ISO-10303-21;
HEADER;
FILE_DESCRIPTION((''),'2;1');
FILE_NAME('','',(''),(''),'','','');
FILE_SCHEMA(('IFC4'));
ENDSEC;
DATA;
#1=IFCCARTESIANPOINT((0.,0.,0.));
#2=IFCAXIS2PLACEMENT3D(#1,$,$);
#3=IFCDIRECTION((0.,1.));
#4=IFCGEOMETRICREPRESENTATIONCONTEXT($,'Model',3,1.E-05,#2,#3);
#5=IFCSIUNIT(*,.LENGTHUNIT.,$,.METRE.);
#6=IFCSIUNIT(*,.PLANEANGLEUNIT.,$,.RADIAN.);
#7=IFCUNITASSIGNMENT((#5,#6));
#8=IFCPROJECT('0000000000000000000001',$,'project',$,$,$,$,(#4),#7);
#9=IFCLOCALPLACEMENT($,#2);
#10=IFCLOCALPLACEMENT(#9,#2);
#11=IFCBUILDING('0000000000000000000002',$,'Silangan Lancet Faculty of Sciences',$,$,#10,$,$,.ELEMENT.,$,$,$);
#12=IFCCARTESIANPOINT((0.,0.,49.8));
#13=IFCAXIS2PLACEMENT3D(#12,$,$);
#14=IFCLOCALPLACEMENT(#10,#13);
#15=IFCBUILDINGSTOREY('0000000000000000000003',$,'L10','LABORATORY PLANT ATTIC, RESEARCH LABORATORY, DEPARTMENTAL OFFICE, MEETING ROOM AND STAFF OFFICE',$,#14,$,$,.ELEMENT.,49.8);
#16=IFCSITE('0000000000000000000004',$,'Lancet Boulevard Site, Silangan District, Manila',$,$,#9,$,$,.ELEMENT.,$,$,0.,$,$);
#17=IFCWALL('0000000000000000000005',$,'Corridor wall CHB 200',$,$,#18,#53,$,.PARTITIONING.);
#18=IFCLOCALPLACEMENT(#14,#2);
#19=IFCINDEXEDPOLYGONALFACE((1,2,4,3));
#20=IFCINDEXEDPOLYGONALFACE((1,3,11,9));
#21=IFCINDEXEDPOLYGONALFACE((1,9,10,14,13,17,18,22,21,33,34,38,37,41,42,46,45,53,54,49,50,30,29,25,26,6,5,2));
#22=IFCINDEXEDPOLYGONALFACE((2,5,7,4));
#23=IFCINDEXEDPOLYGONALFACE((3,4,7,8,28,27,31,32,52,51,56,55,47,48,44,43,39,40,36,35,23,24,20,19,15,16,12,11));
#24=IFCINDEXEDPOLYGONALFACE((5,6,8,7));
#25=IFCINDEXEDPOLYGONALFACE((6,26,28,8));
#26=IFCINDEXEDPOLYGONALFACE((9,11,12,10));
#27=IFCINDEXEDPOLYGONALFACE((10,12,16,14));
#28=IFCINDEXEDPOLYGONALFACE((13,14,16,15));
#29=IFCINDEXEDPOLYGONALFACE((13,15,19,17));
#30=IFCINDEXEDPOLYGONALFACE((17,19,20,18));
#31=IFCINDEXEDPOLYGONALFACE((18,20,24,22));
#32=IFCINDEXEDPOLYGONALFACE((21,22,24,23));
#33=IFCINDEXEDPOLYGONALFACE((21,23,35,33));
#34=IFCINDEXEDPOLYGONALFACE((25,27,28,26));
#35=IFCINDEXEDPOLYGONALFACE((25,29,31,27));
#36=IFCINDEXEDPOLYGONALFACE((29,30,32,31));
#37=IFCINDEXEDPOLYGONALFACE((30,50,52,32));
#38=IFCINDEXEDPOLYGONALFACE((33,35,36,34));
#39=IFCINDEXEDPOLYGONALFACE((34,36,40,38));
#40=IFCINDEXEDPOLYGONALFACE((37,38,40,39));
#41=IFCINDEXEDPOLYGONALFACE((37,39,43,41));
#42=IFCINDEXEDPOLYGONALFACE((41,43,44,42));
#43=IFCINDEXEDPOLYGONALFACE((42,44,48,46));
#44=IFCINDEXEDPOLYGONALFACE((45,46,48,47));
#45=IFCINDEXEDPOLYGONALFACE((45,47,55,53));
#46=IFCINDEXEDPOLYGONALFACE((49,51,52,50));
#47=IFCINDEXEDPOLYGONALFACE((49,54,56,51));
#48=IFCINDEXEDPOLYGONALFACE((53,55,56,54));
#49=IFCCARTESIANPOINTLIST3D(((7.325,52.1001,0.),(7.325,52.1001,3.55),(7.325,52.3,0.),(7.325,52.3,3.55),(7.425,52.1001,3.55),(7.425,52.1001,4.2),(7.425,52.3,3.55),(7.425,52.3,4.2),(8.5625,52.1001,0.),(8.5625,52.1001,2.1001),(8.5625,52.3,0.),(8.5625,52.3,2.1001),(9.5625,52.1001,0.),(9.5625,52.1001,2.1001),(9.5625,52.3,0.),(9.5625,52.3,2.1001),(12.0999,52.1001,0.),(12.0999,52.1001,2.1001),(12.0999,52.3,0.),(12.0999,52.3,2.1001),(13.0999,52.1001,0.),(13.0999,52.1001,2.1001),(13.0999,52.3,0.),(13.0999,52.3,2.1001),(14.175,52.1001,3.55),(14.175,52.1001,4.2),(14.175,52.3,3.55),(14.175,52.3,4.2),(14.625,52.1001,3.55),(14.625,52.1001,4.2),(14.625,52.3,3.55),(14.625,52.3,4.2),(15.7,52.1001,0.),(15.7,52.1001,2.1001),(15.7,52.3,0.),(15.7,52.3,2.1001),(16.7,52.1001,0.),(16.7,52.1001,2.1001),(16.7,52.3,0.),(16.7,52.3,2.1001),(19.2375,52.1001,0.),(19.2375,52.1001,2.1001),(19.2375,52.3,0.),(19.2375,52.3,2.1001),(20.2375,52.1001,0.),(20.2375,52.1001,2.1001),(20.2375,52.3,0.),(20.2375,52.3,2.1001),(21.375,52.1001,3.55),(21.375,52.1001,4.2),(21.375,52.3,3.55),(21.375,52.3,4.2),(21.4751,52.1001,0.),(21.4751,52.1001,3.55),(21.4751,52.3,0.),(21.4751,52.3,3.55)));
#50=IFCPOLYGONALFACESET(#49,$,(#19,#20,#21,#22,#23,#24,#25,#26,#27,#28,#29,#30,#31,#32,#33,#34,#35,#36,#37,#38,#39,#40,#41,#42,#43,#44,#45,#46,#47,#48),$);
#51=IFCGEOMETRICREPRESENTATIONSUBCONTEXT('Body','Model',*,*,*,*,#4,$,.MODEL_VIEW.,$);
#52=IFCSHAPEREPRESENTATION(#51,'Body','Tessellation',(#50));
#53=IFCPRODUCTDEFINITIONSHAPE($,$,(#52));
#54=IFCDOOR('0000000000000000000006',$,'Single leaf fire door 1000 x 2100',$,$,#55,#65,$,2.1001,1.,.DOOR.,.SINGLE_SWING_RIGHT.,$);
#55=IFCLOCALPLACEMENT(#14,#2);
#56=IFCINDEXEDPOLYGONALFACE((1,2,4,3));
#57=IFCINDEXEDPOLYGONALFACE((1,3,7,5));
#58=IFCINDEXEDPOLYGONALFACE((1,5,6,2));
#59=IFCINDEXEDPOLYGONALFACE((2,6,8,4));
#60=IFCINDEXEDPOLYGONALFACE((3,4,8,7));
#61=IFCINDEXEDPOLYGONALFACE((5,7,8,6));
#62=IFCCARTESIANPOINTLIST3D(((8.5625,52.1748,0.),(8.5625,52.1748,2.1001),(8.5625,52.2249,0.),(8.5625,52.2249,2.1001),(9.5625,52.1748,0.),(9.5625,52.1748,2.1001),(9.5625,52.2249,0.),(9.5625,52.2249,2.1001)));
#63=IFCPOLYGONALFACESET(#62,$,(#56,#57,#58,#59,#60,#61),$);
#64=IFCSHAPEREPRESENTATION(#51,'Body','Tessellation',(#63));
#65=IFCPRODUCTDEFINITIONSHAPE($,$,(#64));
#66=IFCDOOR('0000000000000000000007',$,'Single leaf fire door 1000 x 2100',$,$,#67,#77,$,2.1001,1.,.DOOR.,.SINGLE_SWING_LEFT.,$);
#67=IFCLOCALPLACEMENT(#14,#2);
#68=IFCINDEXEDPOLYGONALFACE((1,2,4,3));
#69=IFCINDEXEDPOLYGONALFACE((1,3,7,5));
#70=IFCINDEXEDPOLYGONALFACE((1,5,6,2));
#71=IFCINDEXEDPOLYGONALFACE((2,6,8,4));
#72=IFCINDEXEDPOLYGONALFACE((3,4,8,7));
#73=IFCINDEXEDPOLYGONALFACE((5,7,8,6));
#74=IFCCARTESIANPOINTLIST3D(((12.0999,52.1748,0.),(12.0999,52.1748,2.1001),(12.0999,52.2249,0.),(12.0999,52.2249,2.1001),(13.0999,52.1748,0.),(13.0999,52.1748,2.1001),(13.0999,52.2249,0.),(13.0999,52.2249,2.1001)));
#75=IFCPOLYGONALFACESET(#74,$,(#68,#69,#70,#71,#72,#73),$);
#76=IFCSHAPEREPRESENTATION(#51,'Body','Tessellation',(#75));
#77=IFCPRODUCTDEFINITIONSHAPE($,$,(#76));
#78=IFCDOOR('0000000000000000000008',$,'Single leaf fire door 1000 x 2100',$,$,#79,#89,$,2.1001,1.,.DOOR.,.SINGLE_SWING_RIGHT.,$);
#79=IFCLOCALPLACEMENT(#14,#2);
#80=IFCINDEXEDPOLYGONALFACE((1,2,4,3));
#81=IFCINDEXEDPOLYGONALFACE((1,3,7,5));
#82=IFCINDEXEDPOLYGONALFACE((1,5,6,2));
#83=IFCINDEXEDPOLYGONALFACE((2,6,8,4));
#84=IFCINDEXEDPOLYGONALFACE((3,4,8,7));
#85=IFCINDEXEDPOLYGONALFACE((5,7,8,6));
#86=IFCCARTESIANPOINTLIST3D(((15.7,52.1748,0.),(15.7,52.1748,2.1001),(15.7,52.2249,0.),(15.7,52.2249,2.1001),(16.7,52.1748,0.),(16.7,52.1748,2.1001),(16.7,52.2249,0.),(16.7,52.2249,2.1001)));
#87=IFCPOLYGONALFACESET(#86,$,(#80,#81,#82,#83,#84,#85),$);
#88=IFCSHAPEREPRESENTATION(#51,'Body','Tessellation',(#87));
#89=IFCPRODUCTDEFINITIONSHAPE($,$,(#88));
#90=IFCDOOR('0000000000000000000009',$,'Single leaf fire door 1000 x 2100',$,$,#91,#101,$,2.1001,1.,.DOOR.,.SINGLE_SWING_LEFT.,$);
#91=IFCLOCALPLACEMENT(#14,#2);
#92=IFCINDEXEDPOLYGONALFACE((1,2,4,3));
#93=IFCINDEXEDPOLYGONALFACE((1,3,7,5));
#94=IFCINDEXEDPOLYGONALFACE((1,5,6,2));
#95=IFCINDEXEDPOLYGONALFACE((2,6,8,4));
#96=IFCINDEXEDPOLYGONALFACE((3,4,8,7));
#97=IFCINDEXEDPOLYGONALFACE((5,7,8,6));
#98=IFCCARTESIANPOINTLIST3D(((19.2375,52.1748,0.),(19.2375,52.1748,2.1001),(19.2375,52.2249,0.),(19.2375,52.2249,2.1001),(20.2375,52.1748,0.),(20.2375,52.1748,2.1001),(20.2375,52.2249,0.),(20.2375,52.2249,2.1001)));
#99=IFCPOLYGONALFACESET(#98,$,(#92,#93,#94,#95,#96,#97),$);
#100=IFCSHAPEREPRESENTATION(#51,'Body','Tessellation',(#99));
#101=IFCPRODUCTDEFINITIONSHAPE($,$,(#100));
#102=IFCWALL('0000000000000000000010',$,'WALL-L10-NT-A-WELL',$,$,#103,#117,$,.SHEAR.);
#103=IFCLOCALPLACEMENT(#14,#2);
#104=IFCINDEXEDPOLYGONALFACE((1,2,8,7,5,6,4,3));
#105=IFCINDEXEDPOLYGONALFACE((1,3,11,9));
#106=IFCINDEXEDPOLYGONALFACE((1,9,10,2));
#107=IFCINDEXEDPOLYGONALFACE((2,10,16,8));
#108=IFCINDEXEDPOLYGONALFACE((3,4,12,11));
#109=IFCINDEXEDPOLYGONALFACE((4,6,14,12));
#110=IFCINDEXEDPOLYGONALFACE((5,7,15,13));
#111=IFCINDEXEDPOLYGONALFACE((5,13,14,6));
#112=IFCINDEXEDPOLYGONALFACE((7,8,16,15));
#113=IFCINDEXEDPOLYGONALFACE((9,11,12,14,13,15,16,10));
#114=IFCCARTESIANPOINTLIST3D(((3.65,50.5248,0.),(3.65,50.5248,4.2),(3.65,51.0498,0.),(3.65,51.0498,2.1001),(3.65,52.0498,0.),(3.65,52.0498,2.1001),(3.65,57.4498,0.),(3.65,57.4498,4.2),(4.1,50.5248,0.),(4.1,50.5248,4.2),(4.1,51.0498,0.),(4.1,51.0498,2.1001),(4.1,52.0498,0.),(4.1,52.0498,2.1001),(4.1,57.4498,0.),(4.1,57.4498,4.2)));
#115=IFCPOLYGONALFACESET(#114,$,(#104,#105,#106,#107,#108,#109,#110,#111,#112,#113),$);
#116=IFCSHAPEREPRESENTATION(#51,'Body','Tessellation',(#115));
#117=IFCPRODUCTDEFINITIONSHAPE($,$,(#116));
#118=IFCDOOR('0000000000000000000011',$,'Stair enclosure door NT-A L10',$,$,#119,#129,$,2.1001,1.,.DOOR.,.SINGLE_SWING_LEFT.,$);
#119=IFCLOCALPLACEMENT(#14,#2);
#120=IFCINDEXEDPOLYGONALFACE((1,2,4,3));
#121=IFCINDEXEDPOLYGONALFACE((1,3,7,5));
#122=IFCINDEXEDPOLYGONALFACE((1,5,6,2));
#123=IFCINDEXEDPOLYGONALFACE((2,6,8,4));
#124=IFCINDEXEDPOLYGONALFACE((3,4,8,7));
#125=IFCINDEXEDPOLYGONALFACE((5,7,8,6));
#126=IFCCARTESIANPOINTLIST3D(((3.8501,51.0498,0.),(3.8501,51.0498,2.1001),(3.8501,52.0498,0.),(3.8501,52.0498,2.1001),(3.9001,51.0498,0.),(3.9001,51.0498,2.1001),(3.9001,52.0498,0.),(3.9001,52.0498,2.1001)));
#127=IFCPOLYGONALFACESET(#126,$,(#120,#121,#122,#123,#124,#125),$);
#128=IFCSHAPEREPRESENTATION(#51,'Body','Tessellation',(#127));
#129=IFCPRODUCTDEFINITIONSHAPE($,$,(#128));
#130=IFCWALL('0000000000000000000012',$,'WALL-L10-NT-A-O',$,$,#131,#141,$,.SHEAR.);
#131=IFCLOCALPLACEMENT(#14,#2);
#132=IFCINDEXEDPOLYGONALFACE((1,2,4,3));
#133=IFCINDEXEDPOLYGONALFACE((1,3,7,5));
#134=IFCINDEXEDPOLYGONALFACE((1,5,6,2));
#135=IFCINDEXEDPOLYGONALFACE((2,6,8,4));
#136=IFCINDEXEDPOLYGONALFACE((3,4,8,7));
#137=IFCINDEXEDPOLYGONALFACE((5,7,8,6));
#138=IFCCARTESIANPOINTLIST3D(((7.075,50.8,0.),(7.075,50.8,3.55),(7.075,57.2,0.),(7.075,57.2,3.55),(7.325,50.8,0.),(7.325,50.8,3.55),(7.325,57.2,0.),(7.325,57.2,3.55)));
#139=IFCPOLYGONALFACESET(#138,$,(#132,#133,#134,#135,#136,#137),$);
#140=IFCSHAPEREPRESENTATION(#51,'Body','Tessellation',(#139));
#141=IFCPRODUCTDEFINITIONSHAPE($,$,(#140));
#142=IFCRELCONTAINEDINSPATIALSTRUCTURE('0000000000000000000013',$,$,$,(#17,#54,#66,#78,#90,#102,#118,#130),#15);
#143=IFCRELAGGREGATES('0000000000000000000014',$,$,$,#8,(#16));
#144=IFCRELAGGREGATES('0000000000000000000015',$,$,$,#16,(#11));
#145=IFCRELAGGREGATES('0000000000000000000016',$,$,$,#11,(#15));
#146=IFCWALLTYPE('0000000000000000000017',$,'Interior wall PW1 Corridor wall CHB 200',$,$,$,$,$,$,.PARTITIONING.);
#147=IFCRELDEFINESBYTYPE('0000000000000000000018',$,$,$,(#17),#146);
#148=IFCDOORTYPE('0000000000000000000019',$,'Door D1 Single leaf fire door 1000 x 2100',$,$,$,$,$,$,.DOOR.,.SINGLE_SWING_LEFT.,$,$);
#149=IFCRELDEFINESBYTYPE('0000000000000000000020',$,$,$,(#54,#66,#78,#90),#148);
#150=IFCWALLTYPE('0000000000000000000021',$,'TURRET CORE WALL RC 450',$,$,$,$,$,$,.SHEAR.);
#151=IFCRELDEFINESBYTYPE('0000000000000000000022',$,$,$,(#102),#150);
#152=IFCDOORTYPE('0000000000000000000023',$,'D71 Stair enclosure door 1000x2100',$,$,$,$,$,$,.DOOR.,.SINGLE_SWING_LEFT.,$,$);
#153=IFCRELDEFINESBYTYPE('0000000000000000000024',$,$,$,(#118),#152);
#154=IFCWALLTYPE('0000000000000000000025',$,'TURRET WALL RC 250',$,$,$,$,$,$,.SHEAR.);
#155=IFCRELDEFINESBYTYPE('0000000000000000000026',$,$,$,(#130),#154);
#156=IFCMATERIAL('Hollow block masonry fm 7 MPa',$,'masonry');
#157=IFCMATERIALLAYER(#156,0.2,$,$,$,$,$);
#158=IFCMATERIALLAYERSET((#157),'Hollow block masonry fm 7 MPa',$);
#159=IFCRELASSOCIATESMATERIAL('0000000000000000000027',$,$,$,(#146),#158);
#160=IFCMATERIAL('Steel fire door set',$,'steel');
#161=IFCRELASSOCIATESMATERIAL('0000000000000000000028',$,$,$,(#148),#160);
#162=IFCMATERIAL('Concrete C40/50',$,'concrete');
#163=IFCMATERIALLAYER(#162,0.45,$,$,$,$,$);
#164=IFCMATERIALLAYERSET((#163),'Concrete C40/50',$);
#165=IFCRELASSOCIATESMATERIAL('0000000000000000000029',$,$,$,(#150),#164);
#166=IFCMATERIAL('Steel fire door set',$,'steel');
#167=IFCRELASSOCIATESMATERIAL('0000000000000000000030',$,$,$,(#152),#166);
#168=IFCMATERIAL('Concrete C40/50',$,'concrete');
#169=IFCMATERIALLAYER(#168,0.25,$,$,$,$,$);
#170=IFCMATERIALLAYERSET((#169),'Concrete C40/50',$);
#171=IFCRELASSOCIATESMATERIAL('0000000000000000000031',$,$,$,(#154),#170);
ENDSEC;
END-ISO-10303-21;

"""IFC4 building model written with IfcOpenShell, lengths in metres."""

from ifc_helpers import new_model, si_unit, direction, frame, frame_2d, origin, place, context, subcontext, project, spatial, polyline, rectangle, outline, extrude, material, layer, layer_set, type_object, element, fill, save


model = new_model("IFC4")

# Units and contexts
model_context = context("Model", 3, precision=1e-05, world=origin(), true_north=direction((0.0, 1.0)))
body_context = subcontext(model_context, "Body", "Model", "MODEL_VIEW")
ifc_project = project(units=[si_unit("LENGTHUNIT", "METRE"), si_unit("PLANEANGLEUNIT", "RADIAN")], contexts=[model_context])

# Site, building, storey
site_placement = place(None, origin())
site = spatial("IfcSite", under=ifc_project, at=site_placement, Name="Lancet Boulevard Site, Silangan District, Manila", CompositionType="ELEMENT", RefElevation=0.0)
building_placement = place(site_placement, origin())
building = spatial("IfcBuilding", under=site, at=building_placement, Name="Silangan Lancet Faculty of Sciences", CompositionType="ELEMENT")
storey_placement = place(building_placement, frame((0.0, 0.0, 49.8)))
storey = spatial("IfcBuildingStorey", under=building, at=storey_placement, Name="L10", Description="LABORATORY PLANT ATTIC, RESEARCH LABORATORY, DEPARTMENTAL OFFICE, MEETING ROOM AND STAFF OFFICE", CompositionType="ELEMENT", Elevation=49.8)

# Wall, openings, doors
ifc_material_1 = material(Name="Hollow block masonry fm 7 MPa", Category="masonry")
ifc_layer_1 = layer(ifc_material_1, 0.2)
ifc_layer_set_1 = layer_set([ifc_layer_1], Name="Hollow block masonry fm 7 MPa")
wall_type_1 = type_object("IfcWallType", Name="Interior wall PW1 Corridor wall CHB 200", PredefinedType="PARTITIONING", material=ifc_layer_set_1)
wall_1_placement = place(storey_placement, frame((7.325, 52.2, 0.0), z_axis=(0.0, 0.0, 1.0), x_axis=(1.0, 0.0, 0.0)))
wall_1 = element("IfcWall", 1, at=wall_1_placement, inside=storey, type_object=wall_type_1, Name="Corridor wall CHB 200", PredefinedType="PARTITIONING", context=body_context, shape_type="SweptSolid", body=[
    extrude(outline(polyline([(0.0, 0.0), (14.1501, 0.0), (14.1501, 3.55), (14.05, 3.55), (14.05, 4.2), (7.3, 4.2), (7.3, 3.55), (6.8501, 3.55), (6.8501, 4.2), (0.1001, 4.2), (0.1001, 3.55), (0.0, 3.55), (0.0, 0.0)])), frame((0.0, 0.1001, 0.0), z_axis=(0.0, -1.0, 0.0), x_axis=(1.0, 0.0, 0.0)), (0.0, 0.0, 1.0), 0.2),
])
opening_1_placement = place(wall_1_placement, frame((1.2375, 0.0, 0.0)))
opening_1 = element("IfcOpeningElement", 2, at=opening_1_placement, cuts=wall_1, PredefinedType="OPENING", context=body_context, shape_type="SweptSolid", body=[
    extrude(rectangle(XDim=1.0, YDim=2.1001, at=frame_2d((0.5, 1.05))), frame((0.0, 0.1099, 0.0), z_axis=(0.0, -1.0, 0.0), x_axis=(1.0, 0.0, 0.0)), (0.0, 0.0, 1.0), 0.22),
])
opening_2_placement = place(wall_1_placement, frame((4.7749, 0.0, 0.0)))
opening_2 = element("IfcOpeningElement", 3, at=opening_2_placement, cuts=wall_1, PredefinedType="OPENING", context=body_context, shape_type="SweptSolid", body=[
    extrude(rectangle(XDim=1.0, YDim=2.1001, at=frame_2d((0.5, 1.05))), frame((0.0, 0.1099, 0.0), z_axis=(0.0, -1.0, 0.0), x_axis=(1.0, 0.0, 0.0)), (0.0, 0.0, 1.0), 0.22),
])
opening_3_placement = place(wall_1_placement, frame((8.375, 0.0, 0.0)))
opening_3 = element("IfcOpeningElement", 4, at=opening_3_placement, cuts=wall_1, PredefinedType="OPENING", context=body_context, shape_type="SweptSolid", body=[
    extrude(rectangle(XDim=1.0, YDim=2.1001, at=frame_2d((0.5, 1.05))), frame((0.0, 0.1099, 0.0), z_axis=(0.0, -1.0, 0.0), x_axis=(1.0, 0.0, 0.0)), (0.0, 0.0, 1.0), 0.22),
])
opening_4_placement = place(wall_1_placement, frame((11.9126, 0.0, 0.0)))
opening_4 = element("IfcOpeningElement", 5, at=opening_4_placement, cuts=wall_1, PredefinedType="OPENING", context=body_context, shape_type="SweptSolid", body=[
    extrude(rectangle(XDim=1.0, YDim=2.1001, at=frame_2d((0.5, 1.05))), frame((0.0, 0.1099, 0.0), z_axis=(0.0, -1.0, 0.0), x_axis=(1.0, 0.0, 0.0)), (0.0, 0.0, 1.0), 0.22),
])
ifc_material_2 = material(Name="Steel fire door set", Category="steel")
door_type_1 = type_object("IfcDoorType", Name="Door D1 Single leaf fire door 1000 x 2100", OperationType="SINGLE_SWING_LEFT", PredefinedType="DOOR", material=ifc_material_2)
door_1_placement = place(opening_1_placement, origin())
door_1 = element("IfcDoor", 6, at=door_1_placement, inside=storey, type_object=door_type_1, Name="Single leaf fire door 1000 x 2100", OperationType="SINGLE_SWING_RIGHT", OverallHeight=2.1001, OverallWidth=1.0, PredefinedType="DOOR", context=body_context, shape_type="SweptSolid", body=[
    extrude(rectangle(XDim=1.0, YDim=2.1001, at=frame_2d((0.5, 1.05))), frame((0.0, 0.0249, 0.0), z_axis=(0.0, -1.0, 0.0), x_axis=(1.0, 0.0, 0.0)), (0.0, 0.0, 1.0), 0.05),
])
fill(opening_1, door_1)
door_2_placement = place(opening_2_placement, origin())
door_2 = element("IfcDoor", 7, at=door_2_placement, inside=storey, type_object=door_type_1, Name="Single leaf fire door 1000 x 2100", OperationType="SINGLE_SWING_LEFT", OverallHeight=2.1001, OverallWidth=1.0, PredefinedType="DOOR", context=body_context, shape_type="SweptSolid", body=[
    extrude(rectangle(XDim=1.0, YDim=2.1001, at=frame_2d((0.5, 1.05))), frame((0.0, 0.0249, 0.0), z_axis=(0.0, -1.0, 0.0), x_axis=(1.0, 0.0, 0.0)), (0.0, 0.0, 1.0), 0.05),
])
fill(opening_2, door_2)
door_3_placement = place(opening_3_placement, origin())
door_3 = element("IfcDoor", 8, at=door_3_placement, inside=storey, type_object=door_type_1, Name="Single leaf fire door 1000 x 2100", OperationType="SINGLE_SWING_RIGHT", OverallHeight=2.1001, OverallWidth=1.0, PredefinedType="DOOR", context=body_context, shape_type="SweptSolid", body=[
    extrude(rectangle(XDim=1.0, YDim=2.1001, at=frame_2d((0.5, 1.05))), frame((0.0, 0.0249, 0.0), z_axis=(0.0, -1.0, 0.0), x_axis=(1.0, 0.0, 0.0)), (0.0, 0.0, 1.0), 0.05),
])
fill(opening_3, door_3)
door_4_placement = place(opening_4_placement, origin())
door_4 = element("IfcDoor", 9, at=door_4_placement, inside=storey, type_object=door_type_1, Name="Single leaf fire door 1000 x 2100", OperationType="SINGLE_SWING_LEFT", OverallHeight=2.1001, OverallWidth=1.0, PredefinedType="DOOR", context=body_context, shape_type="SweptSolid", body=[
    extrude(rectangle(XDim=1.0, YDim=2.1001, at=frame_2d((0.5, 1.05))), frame((0.0, 0.0249, 0.0), z_axis=(0.0, -1.0, 0.0), x_axis=(1.0, 0.0, 0.0)), (0.0, 0.0, 1.0), 0.05),
])
fill(opening_4, door_4)

# Wall, opening, door
ifc_material_3 = material(Name="Concrete C40/50", Category="concrete")
ifc_layer_2 = layer(ifc_material_3, 0.45)
ifc_layer_set_2 = layer_set([ifc_layer_2], Name="Concrete C40/50")
wall_type_2 = type_object("IfcWallType", Name="TURRET CORE WALL RC 450", PredefinedType="SHEAR", material=ifc_layer_set_2)
wall_2_placement = place(storey_placement, frame((3.875, 50.5249, 0.0), z_axis=(0.0, 0.0, 1.0), x_axis=(0.0, 1.0, 0.0)))
wall_2 = element("IfcWall", 10, at=wall_2_placement, inside=storey, type_object=wall_type_2, Name="WALL-L10-NT-A-WELL", PredefinedType="SHEAR", context=body_context, shape_type="SweptSolid", body=[
    extrude(rectangle(XDim=6.925, YDim=0.45, at=frame_2d((3.4624, 0.0))), origin(), (0.0, 0.0, 1.0), 4.2),
])
opening_5_placement = place(wall_2_placement, frame((0.5249, 0.0, 0.0)))
opening_5 = element("IfcOpeningElement", 11, at=opening_5_placement, cuts=wall_2, PredefinedType="OPENING", context=body_context, shape_type="SweptSolid", body=[
    extrude(rectangle(XDim=1.0, YDim=2.1001, at=frame_2d((0.5, 1.05))), frame((0.0, 0.2349, 0.0), z_axis=(0.0, -1.0, 0.0), x_axis=(1.0, 0.0, 0.0)), (0.0, 0.0, 1.0), 0.47),
])
ifc_material_4 = material(Name="Steel fire door set", Category="steel")
door_type_2 = type_object("IfcDoorType", Name="D71 Stair enclosure door 1000x2100", OperationType="SINGLE_SWING_LEFT", PredefinedType="DOOR", material=ifc_material_4)
door_5_placement = place(opening_5_placement, origin())
door_5 = element("IfcDoor", 12, at=door_5_placement, inside=storey, type_object=door_type_2, Name="Stair enclosure door NT-A L10", OperationType="SINGLE_SWING_LEFT", OverallHeight=2.1001, OverallWidth=1.0, PredefinedType="DOOR", context=body_context, shape_type="SweptSolid", body=[
    extrude(rectangle(XDim=1.0, YDim=2.1001, at=frame_2d((0.5, 1.05))), frame((0.0, 0.0249, 0.0), z_axis=(0.0, -1.0, 0.0), x_axis=(1.0, 0.0, 0.0)), (0.0, 0.0, 1.0), 0.05),
])
fill(opening_5, door_5)

# Wall
ifc_material_5 = material(Name="Concrete C40/50", Category="concrete")
ifc_layer_3 = layer(ifc_material_5, 0.25)
ifc_layer_set_3 = layer_set([ifc_layer_3], Name="Concrete C40/50")
wall_type_3 = type_object("IfcWallType", Name="TURRET WALL RC 250", PredefinedType="SHEAR", material=ifc_layer_set_3)
wall_3_placement = place(storey_placement, frame((7.2, 50.8, 0.0), z_axis=(0.0, 0.0, 1.0), x_axis=(0.0, 1.0, 0.0)))
element("IfcWall", 13, at=wall_3_placement, inside=storey, type_object=wall_type_3, Name="WALL-L10-NT-A-O", PredefinedType="SHEAR", context=body_context, shape_type="SweptSolid", body=[
    extrude(rectangle(XDim=6.3999, YDim=0.25, at=frame_2d((3.2, 0.0))), origin(), (0.0, 0.0, 1.0), 3.55),
])

save(model, "model.ifc")
